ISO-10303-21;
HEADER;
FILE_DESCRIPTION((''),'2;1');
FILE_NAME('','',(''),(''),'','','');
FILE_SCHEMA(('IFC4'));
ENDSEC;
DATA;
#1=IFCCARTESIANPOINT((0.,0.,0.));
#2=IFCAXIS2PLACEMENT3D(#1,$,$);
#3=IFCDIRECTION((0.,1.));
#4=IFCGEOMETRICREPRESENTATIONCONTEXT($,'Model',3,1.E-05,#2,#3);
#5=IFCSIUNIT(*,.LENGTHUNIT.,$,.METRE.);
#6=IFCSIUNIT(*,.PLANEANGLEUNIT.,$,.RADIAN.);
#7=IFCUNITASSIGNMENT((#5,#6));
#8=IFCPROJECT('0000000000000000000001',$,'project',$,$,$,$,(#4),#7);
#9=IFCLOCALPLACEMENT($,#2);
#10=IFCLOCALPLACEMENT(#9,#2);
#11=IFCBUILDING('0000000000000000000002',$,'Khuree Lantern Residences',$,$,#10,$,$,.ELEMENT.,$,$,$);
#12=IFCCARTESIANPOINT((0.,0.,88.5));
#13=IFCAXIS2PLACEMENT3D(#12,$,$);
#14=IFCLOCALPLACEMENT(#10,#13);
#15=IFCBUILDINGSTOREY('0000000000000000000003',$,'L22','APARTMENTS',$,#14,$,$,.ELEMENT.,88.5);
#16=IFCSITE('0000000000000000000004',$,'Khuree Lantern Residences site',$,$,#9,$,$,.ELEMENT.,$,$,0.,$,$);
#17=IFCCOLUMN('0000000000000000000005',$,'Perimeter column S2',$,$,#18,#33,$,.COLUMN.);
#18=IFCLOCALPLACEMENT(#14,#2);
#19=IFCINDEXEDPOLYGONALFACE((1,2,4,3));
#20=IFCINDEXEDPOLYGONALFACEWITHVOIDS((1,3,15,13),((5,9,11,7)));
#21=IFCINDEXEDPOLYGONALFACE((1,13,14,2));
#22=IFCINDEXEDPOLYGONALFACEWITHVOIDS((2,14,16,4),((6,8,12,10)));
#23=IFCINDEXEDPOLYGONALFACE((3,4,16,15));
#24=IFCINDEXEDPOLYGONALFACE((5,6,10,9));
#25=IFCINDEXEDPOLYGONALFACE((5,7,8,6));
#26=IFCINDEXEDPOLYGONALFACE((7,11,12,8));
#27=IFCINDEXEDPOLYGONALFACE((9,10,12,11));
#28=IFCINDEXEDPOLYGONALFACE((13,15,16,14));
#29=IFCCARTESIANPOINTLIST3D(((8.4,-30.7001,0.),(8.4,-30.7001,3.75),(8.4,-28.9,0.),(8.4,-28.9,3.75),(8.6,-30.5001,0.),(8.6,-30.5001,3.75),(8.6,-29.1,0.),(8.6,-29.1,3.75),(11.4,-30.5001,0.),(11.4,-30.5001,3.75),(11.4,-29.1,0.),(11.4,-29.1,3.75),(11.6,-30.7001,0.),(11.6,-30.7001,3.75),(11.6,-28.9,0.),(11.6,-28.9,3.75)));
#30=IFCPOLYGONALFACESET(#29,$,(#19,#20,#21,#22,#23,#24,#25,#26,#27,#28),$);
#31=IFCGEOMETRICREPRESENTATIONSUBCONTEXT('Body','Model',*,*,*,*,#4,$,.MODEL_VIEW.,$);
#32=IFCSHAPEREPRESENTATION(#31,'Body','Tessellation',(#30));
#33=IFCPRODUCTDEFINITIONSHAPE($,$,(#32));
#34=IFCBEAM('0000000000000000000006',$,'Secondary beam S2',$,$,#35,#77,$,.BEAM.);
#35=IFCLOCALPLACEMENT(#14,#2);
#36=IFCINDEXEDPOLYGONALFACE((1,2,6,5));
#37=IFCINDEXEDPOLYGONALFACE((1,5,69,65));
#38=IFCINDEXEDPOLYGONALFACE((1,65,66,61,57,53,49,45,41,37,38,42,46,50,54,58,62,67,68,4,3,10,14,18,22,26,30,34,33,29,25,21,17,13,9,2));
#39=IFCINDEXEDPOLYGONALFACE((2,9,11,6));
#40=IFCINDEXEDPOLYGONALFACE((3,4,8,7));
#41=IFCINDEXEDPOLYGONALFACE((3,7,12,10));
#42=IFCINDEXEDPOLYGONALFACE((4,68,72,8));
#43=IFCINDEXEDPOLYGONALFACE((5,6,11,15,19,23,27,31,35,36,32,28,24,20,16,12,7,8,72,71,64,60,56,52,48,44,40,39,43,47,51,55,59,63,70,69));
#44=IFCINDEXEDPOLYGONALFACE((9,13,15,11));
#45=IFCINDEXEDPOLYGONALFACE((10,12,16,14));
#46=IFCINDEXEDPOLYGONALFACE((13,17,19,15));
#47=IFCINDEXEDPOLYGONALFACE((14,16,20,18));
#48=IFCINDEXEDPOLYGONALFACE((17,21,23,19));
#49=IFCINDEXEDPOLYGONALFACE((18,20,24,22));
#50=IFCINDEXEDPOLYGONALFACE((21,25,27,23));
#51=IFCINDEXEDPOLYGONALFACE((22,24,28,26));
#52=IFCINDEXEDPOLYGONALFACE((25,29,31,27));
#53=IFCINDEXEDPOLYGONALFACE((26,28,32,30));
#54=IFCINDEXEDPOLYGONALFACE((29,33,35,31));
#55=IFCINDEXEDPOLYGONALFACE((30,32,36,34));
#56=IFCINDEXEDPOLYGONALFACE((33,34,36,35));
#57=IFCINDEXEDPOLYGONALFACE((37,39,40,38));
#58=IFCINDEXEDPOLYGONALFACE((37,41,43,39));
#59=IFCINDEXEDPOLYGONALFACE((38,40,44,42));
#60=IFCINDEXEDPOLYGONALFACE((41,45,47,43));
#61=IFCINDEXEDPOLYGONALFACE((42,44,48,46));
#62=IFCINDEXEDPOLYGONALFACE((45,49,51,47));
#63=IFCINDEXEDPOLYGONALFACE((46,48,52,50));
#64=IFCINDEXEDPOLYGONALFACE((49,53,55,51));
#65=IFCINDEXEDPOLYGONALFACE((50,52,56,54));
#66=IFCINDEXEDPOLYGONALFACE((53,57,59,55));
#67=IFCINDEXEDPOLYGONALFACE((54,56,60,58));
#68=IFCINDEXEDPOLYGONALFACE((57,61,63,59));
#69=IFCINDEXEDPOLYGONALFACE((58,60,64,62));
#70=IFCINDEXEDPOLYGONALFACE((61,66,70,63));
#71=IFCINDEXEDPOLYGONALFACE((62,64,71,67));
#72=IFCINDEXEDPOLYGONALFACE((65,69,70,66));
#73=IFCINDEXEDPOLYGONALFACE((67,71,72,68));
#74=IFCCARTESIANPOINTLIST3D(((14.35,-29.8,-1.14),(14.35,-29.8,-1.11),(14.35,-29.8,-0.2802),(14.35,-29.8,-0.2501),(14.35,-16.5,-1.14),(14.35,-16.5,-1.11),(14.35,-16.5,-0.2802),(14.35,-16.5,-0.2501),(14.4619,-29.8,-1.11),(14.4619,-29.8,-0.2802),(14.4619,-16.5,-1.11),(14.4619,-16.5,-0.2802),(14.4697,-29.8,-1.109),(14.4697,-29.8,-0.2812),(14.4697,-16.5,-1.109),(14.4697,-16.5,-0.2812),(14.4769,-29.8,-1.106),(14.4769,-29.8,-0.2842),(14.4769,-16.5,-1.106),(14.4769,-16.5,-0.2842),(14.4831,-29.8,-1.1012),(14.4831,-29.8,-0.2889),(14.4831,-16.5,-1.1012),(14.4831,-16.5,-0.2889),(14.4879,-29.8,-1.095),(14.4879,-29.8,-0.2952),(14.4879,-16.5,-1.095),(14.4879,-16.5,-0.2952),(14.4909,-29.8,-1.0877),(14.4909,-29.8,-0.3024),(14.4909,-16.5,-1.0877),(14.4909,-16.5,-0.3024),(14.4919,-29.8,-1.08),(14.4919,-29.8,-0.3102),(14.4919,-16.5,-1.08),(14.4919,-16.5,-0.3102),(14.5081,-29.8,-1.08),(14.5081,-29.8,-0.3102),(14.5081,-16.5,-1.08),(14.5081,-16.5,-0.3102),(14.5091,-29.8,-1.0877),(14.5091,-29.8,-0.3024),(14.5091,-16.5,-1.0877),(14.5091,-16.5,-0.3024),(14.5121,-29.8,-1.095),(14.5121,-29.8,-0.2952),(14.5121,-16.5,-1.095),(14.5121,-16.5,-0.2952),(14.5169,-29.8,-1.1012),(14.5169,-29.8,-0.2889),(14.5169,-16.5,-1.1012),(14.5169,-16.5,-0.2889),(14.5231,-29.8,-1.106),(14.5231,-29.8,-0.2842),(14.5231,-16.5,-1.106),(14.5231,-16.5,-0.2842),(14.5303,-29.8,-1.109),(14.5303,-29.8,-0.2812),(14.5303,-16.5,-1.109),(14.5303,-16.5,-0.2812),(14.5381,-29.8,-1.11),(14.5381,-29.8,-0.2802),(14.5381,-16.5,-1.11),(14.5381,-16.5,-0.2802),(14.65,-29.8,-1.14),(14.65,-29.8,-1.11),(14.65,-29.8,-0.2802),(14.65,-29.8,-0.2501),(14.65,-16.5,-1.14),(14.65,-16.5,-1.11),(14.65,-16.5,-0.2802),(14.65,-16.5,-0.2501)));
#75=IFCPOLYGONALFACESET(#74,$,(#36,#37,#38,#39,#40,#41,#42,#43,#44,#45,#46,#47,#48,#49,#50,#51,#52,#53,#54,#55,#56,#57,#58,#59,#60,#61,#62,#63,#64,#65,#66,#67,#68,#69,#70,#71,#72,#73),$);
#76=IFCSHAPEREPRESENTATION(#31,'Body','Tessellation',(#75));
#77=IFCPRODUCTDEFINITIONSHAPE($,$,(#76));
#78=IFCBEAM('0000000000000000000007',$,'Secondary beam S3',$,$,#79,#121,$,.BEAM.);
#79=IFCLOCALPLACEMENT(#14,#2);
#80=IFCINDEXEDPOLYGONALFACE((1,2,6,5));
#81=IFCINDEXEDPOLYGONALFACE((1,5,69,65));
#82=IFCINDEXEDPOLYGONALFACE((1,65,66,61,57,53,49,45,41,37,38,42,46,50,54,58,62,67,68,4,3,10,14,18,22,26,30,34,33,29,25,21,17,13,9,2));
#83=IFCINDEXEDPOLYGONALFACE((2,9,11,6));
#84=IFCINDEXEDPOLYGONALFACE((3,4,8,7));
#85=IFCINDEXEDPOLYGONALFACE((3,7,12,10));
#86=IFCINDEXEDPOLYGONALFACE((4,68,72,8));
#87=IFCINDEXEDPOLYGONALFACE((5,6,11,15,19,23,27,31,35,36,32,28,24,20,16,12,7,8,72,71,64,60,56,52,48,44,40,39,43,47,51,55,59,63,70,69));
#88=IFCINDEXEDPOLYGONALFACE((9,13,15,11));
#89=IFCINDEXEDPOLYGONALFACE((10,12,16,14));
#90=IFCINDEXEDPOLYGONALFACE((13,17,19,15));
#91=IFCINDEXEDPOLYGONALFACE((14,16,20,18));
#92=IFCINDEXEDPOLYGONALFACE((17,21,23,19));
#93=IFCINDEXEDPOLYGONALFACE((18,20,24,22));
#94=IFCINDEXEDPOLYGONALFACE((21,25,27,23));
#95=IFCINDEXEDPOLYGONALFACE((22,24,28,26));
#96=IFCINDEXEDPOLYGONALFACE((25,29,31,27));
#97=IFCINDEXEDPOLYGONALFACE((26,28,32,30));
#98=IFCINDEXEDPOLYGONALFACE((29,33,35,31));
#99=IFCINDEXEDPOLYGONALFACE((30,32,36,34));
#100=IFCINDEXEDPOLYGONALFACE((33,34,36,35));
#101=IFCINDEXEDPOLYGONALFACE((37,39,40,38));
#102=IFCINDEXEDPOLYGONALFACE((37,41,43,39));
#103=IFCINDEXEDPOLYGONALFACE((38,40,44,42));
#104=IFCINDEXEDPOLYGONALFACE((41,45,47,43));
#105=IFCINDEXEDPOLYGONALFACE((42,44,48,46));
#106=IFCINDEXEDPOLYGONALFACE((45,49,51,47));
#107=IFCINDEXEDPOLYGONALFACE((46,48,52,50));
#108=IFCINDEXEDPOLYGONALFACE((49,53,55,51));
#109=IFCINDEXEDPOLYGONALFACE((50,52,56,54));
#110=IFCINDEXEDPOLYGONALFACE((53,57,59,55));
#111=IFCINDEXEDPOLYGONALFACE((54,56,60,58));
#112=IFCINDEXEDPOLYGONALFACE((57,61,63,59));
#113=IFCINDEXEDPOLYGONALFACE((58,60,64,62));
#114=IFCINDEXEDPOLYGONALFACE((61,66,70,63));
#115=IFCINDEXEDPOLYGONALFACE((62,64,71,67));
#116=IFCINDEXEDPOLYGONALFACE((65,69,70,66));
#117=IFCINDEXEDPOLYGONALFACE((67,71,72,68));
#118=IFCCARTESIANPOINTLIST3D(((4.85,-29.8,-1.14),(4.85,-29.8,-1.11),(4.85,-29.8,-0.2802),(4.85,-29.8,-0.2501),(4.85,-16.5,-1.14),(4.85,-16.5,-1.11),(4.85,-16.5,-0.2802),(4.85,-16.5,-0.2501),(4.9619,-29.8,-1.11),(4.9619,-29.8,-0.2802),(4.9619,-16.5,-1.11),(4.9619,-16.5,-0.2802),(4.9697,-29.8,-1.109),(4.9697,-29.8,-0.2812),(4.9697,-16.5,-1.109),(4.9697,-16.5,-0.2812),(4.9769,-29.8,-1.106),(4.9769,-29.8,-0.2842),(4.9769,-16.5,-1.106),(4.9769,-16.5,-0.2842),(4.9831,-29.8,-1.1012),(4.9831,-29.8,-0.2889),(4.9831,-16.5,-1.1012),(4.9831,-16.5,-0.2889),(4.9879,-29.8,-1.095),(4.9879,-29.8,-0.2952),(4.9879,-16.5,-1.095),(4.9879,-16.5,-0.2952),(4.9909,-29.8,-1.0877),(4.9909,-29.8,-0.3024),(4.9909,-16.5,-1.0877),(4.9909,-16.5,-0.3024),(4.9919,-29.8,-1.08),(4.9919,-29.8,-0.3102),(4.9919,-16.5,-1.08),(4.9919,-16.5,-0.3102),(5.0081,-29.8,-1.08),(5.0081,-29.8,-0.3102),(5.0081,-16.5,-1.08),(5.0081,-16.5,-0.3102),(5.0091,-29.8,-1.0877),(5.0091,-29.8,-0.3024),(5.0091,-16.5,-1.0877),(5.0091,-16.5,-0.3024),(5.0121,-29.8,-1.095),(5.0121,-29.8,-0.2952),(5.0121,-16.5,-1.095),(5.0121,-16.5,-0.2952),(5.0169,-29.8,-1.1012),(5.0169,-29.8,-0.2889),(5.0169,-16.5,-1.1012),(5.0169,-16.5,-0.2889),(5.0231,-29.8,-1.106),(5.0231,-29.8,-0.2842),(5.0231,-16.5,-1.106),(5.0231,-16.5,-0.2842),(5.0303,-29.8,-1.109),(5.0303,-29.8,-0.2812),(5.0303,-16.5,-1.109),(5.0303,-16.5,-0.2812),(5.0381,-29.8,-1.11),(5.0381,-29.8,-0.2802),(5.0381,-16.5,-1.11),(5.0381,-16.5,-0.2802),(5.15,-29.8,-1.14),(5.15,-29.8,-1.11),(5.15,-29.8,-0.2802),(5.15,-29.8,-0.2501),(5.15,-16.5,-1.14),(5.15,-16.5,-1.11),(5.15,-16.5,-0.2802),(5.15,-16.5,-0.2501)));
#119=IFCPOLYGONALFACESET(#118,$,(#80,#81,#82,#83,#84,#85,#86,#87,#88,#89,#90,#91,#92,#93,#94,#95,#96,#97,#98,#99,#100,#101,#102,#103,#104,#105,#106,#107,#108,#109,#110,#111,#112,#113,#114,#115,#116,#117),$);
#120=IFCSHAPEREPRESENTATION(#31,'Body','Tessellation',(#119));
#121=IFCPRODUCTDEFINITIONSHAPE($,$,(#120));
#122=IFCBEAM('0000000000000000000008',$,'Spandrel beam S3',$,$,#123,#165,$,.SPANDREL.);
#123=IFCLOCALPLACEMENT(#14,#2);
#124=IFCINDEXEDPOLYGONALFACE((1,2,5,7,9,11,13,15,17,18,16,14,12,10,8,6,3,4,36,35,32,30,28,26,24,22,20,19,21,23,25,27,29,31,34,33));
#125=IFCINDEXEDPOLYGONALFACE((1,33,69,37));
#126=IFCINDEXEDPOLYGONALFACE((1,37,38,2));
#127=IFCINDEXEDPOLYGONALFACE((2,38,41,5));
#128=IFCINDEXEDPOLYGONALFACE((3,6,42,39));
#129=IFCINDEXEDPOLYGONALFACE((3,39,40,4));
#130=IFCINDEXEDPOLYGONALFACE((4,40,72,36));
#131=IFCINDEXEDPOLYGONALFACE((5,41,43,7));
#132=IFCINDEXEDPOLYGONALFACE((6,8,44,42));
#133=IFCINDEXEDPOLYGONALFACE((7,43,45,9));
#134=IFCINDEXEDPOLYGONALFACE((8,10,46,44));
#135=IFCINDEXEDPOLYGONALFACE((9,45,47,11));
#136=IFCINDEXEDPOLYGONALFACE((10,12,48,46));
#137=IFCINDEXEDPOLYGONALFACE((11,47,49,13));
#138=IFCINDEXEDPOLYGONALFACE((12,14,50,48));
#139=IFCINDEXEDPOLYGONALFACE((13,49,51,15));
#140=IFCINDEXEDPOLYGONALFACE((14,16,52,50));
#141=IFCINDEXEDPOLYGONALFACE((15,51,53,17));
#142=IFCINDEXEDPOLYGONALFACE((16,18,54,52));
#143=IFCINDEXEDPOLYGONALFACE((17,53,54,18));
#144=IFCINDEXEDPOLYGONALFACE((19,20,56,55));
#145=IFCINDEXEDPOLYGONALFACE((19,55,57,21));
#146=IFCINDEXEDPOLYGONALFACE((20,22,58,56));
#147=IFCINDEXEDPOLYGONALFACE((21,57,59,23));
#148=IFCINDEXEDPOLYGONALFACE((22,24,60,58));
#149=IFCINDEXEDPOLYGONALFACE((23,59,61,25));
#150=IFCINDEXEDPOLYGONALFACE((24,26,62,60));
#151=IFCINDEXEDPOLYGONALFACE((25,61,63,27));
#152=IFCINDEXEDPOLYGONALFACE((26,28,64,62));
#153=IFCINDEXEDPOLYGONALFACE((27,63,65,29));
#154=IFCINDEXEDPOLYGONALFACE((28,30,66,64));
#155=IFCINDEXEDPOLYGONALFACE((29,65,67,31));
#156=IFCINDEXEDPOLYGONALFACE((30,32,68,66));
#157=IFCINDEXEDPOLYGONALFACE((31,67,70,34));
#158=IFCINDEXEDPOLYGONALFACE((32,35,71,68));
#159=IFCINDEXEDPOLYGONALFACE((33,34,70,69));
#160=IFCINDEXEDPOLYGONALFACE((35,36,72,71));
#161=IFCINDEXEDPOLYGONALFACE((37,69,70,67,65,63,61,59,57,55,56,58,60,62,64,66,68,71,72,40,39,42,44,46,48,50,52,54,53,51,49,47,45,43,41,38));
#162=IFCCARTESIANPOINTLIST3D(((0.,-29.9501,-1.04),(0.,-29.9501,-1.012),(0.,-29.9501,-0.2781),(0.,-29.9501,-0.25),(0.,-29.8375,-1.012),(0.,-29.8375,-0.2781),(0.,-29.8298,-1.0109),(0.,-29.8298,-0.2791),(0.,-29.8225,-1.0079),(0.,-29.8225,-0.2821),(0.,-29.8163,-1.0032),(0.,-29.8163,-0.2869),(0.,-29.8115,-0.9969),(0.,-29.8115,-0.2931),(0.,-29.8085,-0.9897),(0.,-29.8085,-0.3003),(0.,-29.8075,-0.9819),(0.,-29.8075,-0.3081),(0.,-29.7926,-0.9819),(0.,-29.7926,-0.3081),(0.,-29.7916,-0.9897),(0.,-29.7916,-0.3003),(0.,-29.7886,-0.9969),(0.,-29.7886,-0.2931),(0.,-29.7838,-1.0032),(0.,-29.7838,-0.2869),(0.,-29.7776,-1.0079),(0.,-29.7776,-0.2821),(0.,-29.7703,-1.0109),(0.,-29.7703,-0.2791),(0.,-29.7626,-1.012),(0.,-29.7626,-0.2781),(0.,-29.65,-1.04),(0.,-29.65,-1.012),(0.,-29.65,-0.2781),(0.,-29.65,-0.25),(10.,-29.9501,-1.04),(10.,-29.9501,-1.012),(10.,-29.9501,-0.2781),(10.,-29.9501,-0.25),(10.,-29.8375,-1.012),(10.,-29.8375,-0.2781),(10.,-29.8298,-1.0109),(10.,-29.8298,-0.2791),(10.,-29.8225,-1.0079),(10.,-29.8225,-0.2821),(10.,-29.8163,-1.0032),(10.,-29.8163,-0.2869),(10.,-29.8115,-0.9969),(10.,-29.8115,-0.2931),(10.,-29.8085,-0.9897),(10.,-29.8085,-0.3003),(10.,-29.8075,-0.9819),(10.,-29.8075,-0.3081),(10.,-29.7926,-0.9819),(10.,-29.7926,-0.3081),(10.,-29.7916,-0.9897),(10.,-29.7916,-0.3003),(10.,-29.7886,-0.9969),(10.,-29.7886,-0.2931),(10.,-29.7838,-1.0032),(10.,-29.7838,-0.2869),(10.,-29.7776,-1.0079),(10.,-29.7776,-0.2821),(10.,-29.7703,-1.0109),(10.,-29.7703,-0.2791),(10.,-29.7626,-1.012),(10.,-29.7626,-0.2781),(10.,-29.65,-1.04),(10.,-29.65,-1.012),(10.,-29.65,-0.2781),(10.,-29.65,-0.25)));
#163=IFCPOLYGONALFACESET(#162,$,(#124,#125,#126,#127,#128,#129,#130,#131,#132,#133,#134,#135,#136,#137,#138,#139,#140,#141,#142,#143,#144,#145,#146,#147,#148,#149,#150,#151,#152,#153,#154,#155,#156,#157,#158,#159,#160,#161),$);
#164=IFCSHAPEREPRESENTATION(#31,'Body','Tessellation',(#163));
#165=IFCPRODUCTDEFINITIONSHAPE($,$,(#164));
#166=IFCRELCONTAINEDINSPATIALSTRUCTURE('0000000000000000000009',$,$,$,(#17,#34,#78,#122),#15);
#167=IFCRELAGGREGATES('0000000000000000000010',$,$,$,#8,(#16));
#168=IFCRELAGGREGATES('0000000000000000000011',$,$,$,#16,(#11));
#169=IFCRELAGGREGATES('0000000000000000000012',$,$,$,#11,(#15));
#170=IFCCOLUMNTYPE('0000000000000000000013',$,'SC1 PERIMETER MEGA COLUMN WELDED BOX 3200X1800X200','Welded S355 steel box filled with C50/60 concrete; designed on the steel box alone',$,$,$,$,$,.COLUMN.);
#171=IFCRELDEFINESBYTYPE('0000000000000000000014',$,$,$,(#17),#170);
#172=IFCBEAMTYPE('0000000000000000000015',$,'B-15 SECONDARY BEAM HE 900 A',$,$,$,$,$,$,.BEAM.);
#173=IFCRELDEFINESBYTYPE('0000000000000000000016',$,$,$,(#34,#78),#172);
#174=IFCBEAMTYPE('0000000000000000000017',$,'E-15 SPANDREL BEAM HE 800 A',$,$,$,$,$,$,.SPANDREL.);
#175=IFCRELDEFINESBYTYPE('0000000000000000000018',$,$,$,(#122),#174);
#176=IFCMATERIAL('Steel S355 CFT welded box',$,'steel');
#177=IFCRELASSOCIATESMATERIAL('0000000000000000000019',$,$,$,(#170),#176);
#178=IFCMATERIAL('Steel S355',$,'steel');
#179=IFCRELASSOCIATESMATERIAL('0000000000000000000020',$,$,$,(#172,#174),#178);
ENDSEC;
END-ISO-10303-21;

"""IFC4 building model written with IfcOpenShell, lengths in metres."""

from ifc_helpers import new_model, si_unit, direction, frame, origin, origin_2d, place, context, subcontext, project, spatial, hollow_rectangle, i_section, extrude, material, material_profile, profile_set, type_object, element, save


model = new_model("IFC4")

# Units and contexts
model_context = context("Model", 3, precision=1e-05, world=origin(), true_north=direction((0.0, 1.0)))
body_context = subcontext(model_context, "Body", "Model", "MODEL_VIEW")
ifc_project = project(units=[si_unit("LENGTHUNIT", "METRE"), si_unit("PLANEANGLEUNIT", "RADIAN")], contexts=[model_context])

# Site, building, storey
site_placement = place(None, origin())
site = spatial("IfcSite", under=ifc_project, at=site_placement, Name="Khuree Lantern Residences site", CompositionType="ELEMENT", RefElevation=0.0)
building_placement = place(site_placement, origin())
building = spatial("IfcBuilding", under=site, at=building_placement, Name="Khuree Lantern Residences", CompositionType="ELEMENT")
storey_placement = place(building_placement, frame((0.0, 0.0, 88.5)))
storey = spatial("IfcBuildingStorey", under=building, at=storey_placement, Name="L22", Description="APARTMENTS", CompositionType="ELEMENT", Elevation=88.5)

# Column
ifc_material_1 = material(Name="Steel S355 CFT welded box", Category="steel")
ifc_material_profile_1 = material_profile(ifc_material_1, hollow_rectangle(XDim=3.2, YDim=1.8, WallThickness=0.2, at=origin_2d()), Name="WELDED BOX 3200X1800X200")
ifc_profile_set_1 = profile_set([ifc_material_profile_1], Name="Steel S355 CFT welded box")
column_type = type_object("IfcColumnType", Name="SC1 PERIMETER MEGA COLUMN WELDED BOX 3200X1800X200", Description="Welded S355 steel box filled with C50/60 concrete; designed on the steel box alone", PredefinedType="COLUMN", material=ifc_profile_set_1)
column_placement = place(storey_placement, frame((10.0, -29.8, 0.0), z_axis=(0.0, 0.0, 1.0), x_axis=(1.0, 0.0, 0.0)))
element("IfcColumn", 1, at=column_placement, inside=storey, type_object=column_type, Name="Perimeter column S2", PredefinedType="COLUMN", context=body_context, shape_type="SweptSolid", body=[
    extrude(hollow_rectangle(XDim=3.2, YDim=1.8, WallThickness=0.2, at=origin_2d()), origin(), (0.0, 0.0, 1.0), 3.75),
])

# Beams
ifc_material_2 = material(Name="Steel S355", Category="steel")
ifc_material_profile_2 = material_profile(ifc_material_2, i_section(OverallWidth=0.3, OverallDepth=0.8899, WebThickness=0.0161, FlangeThickness=0.03, FilletRadius=0.03, at=origin_2d()), Name="HE 900 A")
ifc_profile_set_2 = profile_set([ifc_material_profile_2], Name="Steel S355")
beam_type_1 = type_object("IfcBeamType", Name="B-15 SECONDARY BEAM HE 900 A", PredefinedType="BEAM", material=ifc_profile_set_2)
for number, where, z_axis, x_axis, name in (
    (2, (14.5, -29.8, -0.6951), (0.0, 1.0, 0.0), (-1.0, 0.0, 0.0), "Secondary beam S2"),
    (3, (5.0, -29.8, -0.6951), (0.0, 1.0, 0.0), (-1.0, 0.0, 0.0), "Secondary beam S3"),
):
    element("IfcBeam", number, at=place(storey_placement, frame(where, z_axis=z_axis, x_axis=x_axis)), inside=storey, type_object=beam_type_1, Name=name, PredefinedType="BEAM", context=body_context, shape_type="SweptSolid", body=[
        extrude(i_section(OverallWidth=0.3, OverallDepth=0.8899, WebThickness=0.0161, FlangeThickness=0.03, FilletRadius=0.03, at=origin_2d()), origin(), (0.0, 0.0, 1.0), 13.3),
    ])
ifc_material_profile_3 = material_profile(ifc_material_2, i_section(OverallWidth=0.3, OverallDepth=0.79, WebThickness=0.0149, FlangeThickness=0.0281, FilletRadius=0.03, at=origin_2d()), Name="HE 800 A")
ifc_profile_set_3 = profile_set([ifc_material_profile_3], Name="Steel S355")
beam_type_2 = type_object("IfcBeamType", Name="E-15 SPANDREL BEAM HE 800 A", PredefinedType="SPANDREL", material=ifc_profile_set_3)
for number, where, z_axis, x_axis, name in (
    (4, (10.0, -29.8, -0.645), (-1.0, 0.0, 0.0), (0.0, -1.0, 0.0), "Spandrel beam S3"),
):
    element("IfcBeam", number, at=place(storey_placement, frame(where, z_axis=z_axis, x_axis=x_axis)), inside=storey, type_object=beam_type_2, Name=name, PredefinedType="SPANDREL", context=body_context, shape_type="SweptSolid", body=[
        extrude(i_section(OverallWidth=0.3, OverallDepth=0.79, WebThickness=0.0149, FlangeThickness=0.0281, FilletRadius=0.03, at=origin_2d()), origin(), (0.0, 0.0, 1.0), 10.0),
    ])

save(model, "model.ifc")
